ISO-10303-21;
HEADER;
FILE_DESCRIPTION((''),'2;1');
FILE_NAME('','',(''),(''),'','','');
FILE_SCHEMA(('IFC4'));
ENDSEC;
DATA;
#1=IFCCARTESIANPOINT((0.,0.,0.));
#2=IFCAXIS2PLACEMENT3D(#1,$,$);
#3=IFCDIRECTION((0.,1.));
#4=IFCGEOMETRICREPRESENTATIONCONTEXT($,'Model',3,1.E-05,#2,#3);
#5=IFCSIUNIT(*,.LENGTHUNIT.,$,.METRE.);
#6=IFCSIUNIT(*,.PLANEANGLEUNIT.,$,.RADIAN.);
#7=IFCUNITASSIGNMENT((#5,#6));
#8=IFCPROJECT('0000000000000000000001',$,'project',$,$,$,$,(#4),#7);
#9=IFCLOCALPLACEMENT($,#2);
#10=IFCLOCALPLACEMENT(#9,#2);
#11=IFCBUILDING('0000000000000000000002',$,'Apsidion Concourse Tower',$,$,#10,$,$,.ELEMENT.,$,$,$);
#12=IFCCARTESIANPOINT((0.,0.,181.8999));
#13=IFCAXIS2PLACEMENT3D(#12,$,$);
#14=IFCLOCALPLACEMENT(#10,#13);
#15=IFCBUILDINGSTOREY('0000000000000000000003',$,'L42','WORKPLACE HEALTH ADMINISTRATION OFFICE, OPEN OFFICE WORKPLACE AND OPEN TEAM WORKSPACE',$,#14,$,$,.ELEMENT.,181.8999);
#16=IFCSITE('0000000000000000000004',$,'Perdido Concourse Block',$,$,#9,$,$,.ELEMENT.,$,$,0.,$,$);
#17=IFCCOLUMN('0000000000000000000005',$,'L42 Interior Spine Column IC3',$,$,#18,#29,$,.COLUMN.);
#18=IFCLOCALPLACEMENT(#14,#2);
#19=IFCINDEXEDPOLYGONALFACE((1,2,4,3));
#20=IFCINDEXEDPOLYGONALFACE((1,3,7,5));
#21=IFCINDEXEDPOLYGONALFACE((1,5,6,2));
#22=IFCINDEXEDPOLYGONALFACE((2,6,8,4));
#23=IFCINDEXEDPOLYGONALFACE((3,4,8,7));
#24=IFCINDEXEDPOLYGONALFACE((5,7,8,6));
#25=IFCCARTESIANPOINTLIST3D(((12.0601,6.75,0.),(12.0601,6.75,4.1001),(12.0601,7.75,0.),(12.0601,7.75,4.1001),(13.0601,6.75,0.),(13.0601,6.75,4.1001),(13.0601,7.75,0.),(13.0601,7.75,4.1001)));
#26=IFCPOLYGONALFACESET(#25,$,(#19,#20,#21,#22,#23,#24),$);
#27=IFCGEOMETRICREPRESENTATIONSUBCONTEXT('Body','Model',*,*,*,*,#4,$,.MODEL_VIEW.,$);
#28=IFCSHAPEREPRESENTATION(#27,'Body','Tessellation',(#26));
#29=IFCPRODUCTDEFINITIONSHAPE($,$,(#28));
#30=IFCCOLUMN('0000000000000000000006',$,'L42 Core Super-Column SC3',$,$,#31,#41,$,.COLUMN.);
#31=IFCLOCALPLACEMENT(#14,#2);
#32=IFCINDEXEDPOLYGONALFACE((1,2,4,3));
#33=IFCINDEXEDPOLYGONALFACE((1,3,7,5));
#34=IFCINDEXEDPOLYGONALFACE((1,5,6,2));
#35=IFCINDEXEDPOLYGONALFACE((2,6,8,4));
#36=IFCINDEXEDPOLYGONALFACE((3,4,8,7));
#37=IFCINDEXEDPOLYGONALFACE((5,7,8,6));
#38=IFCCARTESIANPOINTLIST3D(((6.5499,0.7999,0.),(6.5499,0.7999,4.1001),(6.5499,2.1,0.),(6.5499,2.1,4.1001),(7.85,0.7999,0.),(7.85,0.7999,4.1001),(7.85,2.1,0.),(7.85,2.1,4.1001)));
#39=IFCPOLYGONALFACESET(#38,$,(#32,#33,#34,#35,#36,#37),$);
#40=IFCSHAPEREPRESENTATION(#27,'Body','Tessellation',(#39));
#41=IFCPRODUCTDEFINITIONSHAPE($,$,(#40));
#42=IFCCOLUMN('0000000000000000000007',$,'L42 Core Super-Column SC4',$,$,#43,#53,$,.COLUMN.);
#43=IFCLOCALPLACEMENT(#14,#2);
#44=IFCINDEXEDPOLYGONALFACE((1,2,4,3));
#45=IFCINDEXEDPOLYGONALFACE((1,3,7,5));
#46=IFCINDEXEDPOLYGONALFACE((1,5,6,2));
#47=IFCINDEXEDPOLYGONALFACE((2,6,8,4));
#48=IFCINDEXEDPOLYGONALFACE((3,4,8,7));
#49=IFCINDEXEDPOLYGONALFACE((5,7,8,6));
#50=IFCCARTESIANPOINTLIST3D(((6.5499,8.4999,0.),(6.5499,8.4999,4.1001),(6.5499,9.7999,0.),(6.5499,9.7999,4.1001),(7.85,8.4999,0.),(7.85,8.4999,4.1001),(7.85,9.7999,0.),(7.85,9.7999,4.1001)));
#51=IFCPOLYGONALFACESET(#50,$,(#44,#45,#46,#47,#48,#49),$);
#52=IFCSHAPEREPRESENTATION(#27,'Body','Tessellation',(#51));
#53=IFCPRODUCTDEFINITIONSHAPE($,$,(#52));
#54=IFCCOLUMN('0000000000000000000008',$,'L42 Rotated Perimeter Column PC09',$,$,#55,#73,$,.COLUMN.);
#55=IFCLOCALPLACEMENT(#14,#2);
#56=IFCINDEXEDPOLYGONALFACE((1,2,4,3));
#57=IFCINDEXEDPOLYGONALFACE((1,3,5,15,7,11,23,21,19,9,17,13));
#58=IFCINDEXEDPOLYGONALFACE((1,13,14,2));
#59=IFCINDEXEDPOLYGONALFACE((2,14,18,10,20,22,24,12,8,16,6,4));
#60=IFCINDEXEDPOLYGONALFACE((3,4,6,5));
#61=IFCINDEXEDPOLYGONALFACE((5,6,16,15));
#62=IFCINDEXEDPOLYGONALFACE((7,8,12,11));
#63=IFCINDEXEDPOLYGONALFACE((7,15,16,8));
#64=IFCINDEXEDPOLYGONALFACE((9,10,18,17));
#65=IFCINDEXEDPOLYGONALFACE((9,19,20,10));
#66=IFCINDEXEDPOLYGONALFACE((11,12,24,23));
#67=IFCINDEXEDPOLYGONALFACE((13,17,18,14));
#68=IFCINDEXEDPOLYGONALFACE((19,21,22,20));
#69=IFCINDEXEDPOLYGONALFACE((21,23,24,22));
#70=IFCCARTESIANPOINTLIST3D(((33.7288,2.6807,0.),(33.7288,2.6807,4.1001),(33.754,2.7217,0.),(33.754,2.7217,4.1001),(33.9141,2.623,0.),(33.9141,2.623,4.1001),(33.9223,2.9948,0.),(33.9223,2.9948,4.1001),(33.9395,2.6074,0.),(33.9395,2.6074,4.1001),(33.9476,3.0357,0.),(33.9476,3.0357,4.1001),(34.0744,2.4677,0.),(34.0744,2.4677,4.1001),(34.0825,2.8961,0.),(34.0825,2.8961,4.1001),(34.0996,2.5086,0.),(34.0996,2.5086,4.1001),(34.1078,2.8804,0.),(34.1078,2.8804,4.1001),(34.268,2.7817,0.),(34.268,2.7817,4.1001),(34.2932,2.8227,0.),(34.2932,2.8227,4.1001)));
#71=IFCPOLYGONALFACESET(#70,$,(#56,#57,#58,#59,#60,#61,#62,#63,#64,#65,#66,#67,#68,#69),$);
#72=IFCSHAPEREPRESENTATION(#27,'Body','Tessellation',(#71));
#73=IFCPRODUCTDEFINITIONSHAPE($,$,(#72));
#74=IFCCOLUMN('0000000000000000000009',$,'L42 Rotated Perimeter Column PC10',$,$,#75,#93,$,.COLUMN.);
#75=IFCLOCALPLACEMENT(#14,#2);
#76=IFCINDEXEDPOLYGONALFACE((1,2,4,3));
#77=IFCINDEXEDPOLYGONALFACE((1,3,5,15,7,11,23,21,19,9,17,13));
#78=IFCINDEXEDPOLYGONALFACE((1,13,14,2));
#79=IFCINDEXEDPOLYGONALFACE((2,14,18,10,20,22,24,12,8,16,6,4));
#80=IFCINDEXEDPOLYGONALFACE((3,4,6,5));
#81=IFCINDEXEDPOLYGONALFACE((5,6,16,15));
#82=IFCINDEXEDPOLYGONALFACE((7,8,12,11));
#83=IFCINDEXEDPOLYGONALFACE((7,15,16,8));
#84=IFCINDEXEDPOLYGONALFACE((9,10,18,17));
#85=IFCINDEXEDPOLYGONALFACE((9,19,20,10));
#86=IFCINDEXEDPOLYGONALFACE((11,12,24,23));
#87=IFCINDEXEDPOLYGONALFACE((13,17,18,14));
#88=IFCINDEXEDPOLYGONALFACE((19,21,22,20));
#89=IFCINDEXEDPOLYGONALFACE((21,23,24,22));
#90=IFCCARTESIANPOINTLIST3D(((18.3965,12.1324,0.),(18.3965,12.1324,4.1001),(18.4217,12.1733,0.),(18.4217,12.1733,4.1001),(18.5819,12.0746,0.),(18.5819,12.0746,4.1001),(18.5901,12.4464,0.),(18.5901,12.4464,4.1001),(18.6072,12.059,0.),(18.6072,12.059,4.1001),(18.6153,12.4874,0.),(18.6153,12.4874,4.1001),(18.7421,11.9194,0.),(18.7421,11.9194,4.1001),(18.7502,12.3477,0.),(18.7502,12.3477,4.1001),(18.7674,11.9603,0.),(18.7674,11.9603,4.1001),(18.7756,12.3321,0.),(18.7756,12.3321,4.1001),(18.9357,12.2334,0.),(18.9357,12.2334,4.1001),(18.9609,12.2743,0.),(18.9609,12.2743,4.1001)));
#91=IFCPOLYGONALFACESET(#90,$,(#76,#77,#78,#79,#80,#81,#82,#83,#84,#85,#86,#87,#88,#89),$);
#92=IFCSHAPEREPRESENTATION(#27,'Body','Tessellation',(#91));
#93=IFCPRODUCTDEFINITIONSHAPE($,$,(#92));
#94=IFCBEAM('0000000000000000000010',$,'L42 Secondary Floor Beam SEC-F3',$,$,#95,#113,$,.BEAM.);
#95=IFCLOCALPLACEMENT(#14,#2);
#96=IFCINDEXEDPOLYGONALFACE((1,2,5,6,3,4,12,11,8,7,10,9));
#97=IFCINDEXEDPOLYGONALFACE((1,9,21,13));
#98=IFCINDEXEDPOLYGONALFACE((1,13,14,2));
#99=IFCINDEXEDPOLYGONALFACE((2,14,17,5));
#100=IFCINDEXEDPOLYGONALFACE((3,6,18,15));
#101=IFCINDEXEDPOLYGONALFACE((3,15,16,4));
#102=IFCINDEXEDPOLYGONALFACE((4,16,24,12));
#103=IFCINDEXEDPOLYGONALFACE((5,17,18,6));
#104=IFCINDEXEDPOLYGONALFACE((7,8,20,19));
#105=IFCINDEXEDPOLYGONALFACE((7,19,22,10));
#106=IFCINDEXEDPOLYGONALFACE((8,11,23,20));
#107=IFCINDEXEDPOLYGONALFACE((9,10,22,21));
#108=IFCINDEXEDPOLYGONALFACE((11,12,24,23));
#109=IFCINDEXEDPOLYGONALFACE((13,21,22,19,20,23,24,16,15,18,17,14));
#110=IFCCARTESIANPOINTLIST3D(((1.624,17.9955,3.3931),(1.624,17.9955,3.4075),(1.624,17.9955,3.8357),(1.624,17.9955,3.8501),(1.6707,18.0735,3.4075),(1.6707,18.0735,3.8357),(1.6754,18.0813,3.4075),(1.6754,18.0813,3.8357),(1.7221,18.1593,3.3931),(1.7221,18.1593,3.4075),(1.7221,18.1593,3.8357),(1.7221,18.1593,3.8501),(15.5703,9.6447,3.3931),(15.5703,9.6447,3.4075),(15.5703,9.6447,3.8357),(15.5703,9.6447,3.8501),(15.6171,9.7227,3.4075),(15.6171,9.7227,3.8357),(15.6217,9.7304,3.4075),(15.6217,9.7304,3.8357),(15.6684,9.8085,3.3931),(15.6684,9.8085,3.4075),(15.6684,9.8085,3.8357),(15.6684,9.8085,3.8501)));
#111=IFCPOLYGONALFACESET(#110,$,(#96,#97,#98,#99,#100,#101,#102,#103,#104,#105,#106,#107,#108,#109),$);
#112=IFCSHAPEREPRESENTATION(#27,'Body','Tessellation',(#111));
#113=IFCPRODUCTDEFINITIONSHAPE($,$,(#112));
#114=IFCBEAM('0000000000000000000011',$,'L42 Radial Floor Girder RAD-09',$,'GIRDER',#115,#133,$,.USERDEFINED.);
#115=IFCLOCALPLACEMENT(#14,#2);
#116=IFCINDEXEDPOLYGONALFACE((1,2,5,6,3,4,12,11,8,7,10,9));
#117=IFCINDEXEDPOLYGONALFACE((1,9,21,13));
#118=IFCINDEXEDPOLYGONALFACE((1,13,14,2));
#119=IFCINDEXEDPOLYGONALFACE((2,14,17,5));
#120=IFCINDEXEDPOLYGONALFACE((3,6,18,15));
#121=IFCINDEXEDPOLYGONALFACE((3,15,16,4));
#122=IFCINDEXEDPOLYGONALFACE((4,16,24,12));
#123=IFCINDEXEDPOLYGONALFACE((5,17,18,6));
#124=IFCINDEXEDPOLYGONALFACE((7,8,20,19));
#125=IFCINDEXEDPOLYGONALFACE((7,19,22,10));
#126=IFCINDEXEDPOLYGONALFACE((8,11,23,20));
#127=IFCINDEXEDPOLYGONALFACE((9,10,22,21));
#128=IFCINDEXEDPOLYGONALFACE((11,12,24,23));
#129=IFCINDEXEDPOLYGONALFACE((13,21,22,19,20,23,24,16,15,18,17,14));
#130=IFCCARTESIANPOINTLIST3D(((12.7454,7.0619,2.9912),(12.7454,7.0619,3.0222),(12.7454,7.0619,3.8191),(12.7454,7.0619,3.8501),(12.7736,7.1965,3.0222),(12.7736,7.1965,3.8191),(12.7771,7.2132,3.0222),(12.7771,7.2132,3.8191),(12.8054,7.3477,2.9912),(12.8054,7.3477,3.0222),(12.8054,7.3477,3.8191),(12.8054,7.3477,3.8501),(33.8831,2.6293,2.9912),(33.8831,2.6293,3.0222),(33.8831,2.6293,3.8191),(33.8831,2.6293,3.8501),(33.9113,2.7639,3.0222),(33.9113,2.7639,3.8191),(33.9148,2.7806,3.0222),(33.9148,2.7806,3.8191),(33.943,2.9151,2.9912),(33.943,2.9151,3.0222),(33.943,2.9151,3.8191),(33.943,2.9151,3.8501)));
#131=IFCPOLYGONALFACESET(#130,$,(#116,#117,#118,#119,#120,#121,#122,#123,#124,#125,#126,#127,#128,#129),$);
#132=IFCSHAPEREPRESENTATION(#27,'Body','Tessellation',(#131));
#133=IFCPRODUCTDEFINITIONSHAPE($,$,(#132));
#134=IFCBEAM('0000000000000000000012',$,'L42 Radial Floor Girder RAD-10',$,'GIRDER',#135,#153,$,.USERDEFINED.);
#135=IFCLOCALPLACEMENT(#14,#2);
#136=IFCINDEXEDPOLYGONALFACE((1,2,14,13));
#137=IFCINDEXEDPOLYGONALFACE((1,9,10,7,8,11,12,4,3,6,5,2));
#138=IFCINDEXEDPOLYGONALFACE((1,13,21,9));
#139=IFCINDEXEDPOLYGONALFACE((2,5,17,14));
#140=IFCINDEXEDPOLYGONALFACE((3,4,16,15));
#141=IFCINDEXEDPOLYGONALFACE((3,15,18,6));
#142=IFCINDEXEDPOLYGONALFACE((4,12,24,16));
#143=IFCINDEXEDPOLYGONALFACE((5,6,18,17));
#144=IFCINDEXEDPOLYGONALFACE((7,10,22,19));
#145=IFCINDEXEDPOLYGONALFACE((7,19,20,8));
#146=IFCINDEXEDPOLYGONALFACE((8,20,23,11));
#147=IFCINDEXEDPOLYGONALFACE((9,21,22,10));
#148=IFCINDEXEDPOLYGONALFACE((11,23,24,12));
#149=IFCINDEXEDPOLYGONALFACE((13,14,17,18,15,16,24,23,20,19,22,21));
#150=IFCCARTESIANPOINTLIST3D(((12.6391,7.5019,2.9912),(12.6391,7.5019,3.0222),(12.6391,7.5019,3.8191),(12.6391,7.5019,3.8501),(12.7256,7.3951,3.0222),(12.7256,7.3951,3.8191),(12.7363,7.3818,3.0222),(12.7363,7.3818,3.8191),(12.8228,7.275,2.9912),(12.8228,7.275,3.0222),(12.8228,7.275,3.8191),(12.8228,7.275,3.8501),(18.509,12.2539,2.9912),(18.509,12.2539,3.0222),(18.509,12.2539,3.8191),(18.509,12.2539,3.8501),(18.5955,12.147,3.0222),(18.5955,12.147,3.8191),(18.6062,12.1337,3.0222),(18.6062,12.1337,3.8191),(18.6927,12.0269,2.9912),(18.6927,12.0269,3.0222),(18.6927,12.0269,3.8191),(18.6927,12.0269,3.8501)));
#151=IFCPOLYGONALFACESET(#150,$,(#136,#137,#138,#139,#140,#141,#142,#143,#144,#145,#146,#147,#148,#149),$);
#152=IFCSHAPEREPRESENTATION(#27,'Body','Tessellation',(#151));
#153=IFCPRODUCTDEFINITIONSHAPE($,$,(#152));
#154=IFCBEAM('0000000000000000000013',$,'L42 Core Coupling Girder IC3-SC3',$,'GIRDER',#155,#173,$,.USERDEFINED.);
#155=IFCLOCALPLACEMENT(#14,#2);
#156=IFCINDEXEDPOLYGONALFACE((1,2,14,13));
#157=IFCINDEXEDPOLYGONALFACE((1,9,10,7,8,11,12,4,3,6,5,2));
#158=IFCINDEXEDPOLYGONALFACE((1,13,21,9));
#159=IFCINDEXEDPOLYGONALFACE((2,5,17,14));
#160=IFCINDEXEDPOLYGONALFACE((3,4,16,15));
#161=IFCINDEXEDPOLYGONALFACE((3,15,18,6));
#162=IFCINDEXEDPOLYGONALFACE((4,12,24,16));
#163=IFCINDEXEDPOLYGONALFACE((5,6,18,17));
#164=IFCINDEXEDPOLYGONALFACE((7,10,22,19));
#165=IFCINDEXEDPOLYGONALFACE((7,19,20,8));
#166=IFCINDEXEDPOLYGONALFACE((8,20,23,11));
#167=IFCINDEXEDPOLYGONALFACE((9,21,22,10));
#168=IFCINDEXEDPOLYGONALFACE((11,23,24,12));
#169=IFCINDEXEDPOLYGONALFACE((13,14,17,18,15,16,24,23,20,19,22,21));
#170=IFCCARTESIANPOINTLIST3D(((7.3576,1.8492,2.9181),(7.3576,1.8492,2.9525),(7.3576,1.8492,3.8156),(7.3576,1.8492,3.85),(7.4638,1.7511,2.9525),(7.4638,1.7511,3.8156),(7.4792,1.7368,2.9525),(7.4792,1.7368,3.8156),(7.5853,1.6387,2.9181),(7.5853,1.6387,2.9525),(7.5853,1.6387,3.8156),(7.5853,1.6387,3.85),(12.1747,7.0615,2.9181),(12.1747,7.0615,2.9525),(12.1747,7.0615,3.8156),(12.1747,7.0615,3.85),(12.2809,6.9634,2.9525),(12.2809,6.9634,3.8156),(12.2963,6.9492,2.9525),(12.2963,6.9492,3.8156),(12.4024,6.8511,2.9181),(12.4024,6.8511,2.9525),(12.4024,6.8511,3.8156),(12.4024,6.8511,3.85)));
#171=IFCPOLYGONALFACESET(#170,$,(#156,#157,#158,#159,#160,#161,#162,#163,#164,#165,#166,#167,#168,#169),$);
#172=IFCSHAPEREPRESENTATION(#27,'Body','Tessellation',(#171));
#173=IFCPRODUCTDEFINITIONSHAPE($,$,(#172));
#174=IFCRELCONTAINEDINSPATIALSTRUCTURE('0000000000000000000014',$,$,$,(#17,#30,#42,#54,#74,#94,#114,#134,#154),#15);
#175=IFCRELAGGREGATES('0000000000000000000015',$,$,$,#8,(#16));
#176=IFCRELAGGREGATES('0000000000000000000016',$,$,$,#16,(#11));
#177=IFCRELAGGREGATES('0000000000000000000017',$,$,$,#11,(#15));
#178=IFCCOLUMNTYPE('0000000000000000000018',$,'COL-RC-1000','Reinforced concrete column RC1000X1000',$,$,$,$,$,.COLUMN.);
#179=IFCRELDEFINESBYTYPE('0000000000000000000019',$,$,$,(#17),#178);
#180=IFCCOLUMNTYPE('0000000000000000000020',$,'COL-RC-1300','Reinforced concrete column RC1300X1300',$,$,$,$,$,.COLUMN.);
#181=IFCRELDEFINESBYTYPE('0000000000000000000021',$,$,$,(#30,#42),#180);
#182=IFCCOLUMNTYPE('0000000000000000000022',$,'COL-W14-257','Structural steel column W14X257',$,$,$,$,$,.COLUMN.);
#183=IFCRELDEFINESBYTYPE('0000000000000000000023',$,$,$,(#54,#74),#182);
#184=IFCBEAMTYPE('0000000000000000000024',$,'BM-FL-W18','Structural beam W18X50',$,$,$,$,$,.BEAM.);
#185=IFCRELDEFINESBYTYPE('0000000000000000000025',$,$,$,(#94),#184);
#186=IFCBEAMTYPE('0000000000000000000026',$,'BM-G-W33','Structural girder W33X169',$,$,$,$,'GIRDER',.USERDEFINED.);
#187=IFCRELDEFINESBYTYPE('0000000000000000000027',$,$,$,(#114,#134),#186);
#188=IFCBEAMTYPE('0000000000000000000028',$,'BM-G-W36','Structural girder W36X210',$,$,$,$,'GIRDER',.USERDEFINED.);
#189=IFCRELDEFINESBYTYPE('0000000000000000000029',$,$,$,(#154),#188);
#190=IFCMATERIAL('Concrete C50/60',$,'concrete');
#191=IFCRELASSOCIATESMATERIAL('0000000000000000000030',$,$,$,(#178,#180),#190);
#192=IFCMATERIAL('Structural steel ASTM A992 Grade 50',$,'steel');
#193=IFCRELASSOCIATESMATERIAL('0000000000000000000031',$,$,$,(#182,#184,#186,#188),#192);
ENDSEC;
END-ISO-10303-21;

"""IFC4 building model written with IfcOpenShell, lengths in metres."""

from ifc_helpers import new_model, si_unit, direction, frame, origin, origin_2d, place, context, subcontext, project, spatial, rectangle, i_section, extrude, material, material_profile, profile_set, type_object, element, save


model = new_model("IFC4")

# Units and contexts
model_context = context("Model", 3, precision=1e-05, world=origin(), true_north=direction((0.0, 1.0)))
body_context = subcontext(model_context, "Body", "Model", "MODEL_VIEW")
ifc_project = project(units=[si_unit("LENGTHUNIT", "METRE"), si_unit("PLANEANGLEUNIT", "RADIAN")], contexts=[model_context])

# Site, building, storey
site_placement = place(None, origin())
site = spatial("IfcSite", under=ifc_project, at=site_placement, Name="Perdido Concourse Block", CompositionType="ELEMENT", RefElevation=0.0)
building_placement = place(site_placement, origin())
building = spatial("IfcBuilding", under=site, at=building_placement, Name="Apsidion Concourse Tower", CompositionType="ELEMENT")
storey_placement = place(building_placement, frame((0.0, 0.0, 181.8999)))
storey = spatial("IfcBuildingStorey", under=building, at=storey_placement, Name="L42", Description="WORKPLACE HEALTH ADMINISTRATION OFFICE, OPEN OFFICE WORKPLACE AND OPEN TEAM WORKSPACE", CompositionType="ELEMENT", Elevation=181.8999)

# Columns
ifc_material_1 = material(Name="Concrete C50/60", Category="concrete")
ifc_material_profile_1 = material_profile(ifc_material_1, rectangle(XDim=1.0, YDim=1.0, at=origin_2d()), Name="RC 1000x1000")
ifc_profile_set_1 = profile_set([ifc_material_profile_1], Name="Concrete C50/60")
column_type_1 = type_object("IfcColumnType", Name="COL-RC-1000", Description="Reinforced concrete column RC1000X1000", PredefinedType="COLUMN", material=ifc_profile_set_1)
column_placement = place(storey_placement, frame((12.5601, 7.25, 0.0), z_axis=(0.0, 0.0, 1.0), x_axis=(1.0, 0.0, 0.0)))
element("IfcColumn", 1, at=column_placement, inside=storey, type_object=column_type_1, Name="L42 Interior Spine Column IC3", PredefinedType="COLUMN", context=body_context, shape_type="SweptSolid", body=[
    extrude(rectangle(XDim=1.0, YDim=1.0, at=origin_2d()), origin(), (0.0, 0.0, 1.0), 4.1001),
])
ifc_material_profile_2 = material_profile(ifc_material_1, rectangle(XDim=1.3, YDim=1.3, at=origin_2d()), Name="RC 1300x1300")
ifc_profile_set_2 = profile_set([ifc_material_profile_2], Name="Concrete C50/60")
column_type_2 = type_object("IfcColumnType", Name="COL-RC-1300", Description="Reinforced concrete column RC1300X1300", PredefinedType="COLUMN", material=ifc_profile_set_2)
for number, where, z_axis, x_axis, name in (
    (2, (7.2, 1.45, 0.0), (0.0, 0.0, 1.0), (1.0, 0.0, 0.0), "L42 Core Super-Column SC3"),
    (3, (7.2, 9.1499, 0.0), (0.0, 0.0, 1.0), (1.0, 0.0, 0.0), "L42 Core Super-Column SC4"),
):
    element("IfcColumn", number, at=place(storey_placement, frame(where, z_axis=z_axis, x_axis=x_axis)), inside=storey, type_object=column_type_2, Name=name, PredefinedType="COLUMN", context=body_context, shape_type="SweptSolid", body=[
        extrude(rectangle(XDim=1.3, YDim=1.3, at=origin_2d()), origin(), (0.0, 0.0, 1.0), 4.1001),
    ])
ifc_material_2 = material(Name="Structural steel ASTM A992 Grade 50", Category="steel")
ifc_material_profile_3 = material_profile(ifc_material_2, i_section(OverallWidth=0.406, OverallDepth=0.417, WebThickness=0.0298, FlangeThickness=0.0481, at=origin_2d()), Name="W14X257")
ifc_profile_set_3 = profile_set([ifc_material_profile_3], Name="Structural steel ASTM A992 Grade 50")
column_type_3 = type_object("IfcColumnType", Name="COL-W14-257", Description="Structural steel column W14X257", PredefinedType="COLUMN", material=ifc_profile_set_3)
for number, where, z_axis, x_axis, name in (
    (4, (34.011, 2.7517, 0.0), (0.0, 0.0, 1.0), (-0.851269, 0.524729, 0.0), "L42 Rotated Perimeter Column PC09"),
    (5, (18.6787, 12.2034, 0.0), (0.0, 0.0, 1.0), (-0.851269, 0.524729, 0.0), "L42 Rotated Perimeter Column PC10"),
):
    element("IfcColumn", number, at=place(storey_placement, frame(where, z_axis=z_axis, x_axis=x_axis)), inside=storey, type_object=column_type_3, Name=name, PredefinedType="COLUMN", context=body_context, shape_type="SweptSolid", body=[
        extrude(i_section(OverallWidth=0.406, OverallDepth=0.417, WebThickness=0.0298, FlangeThickness=0.0481, at=origin_2d()), origin(), (0.0, 0.0, 1.0), 4.1001),
    ])

# Beams
ifc_material_profile_4 = material_profile(ifc_material_2, i_section(OverallWidth=0.1909, OverallDepth=0.457, WebThickness=0.009, FlangeThickness=0.0144, at=origin_2d()), Name="W18X50")
ifc_profile_set_4 = profile_set([ifc_material_profile_4], Name="Structural steel ASTM A992 Grade 50")
beam_type_1 = type_object("IfcBeamType", Name="BM-FL-W18", Description="Structural beam W18X50", PredefinedType="BEAM", material=ifc_profile_set_4)
beam_1_placement = place(storey_placement, frame((15.6194, 9.7266, 3.6216), z_axis=(-0.857952, 0.513729, 0.0), x_axis=(-0.513729, -0.857952, 0.0)))
element("IfcBeam", 6, at=beam_1_placement, inside=storey, type_object=beam_type_1, Name="L42 Secondary Floor Beam SEC-F3", PredefinedType="BEAM", context=body_context, shape_type="SweptSolid", body=[
    extrude(i_section(OverallWidth=0.1909, OverallDepth=0.457, WebThickness=0.009, FlangeThickness=0.0144, at=origin_2d()), origin(), (0.0, 0.0, 1.0), 16.2554),
])
ifc_material_profile_5 = material_profile(ifc_material_2, i_section(OverallWidth=0.292, OverallDepth=0.8589, WebThickness=0.0171, FlangeThickness=0.031, at=origin_2d()), Name="W33X169")
ifc_profile_set_5 = profile_set([ifc_material_profile_5], Name="Structural steel ASTM A992 Grade 50")
beam_type_2 = type_object("IfcBeamType", Name="BM-G-W33", Description="Structural girder W33X169", ElementType="GIRDER", PredefinedType="USERDEFINED", material=ifc_profile_set_5)
beam_2_placement = place(storey_placement, frame((12.7754, 7.2048, 3.4207), z_axis=(0.978712, -0.205238, 0.0), x_axis=(0.205238, 0.978712, 0.0)))
element("IfcBeam", 7, at=beam_2_placement, inside=storey, type_object=beam_type_2, Name="L42 Radial Floor Girder RAD-09", ObjectType="GIRDER", PredefinedType="USERDEFINED", context=body_context, shape_type="SweptSolid", body=[
    extrude(i_section(OverallWidth=0.292, OverallDepth=0.8589, WebThickness=0.0171, FlangeThickness=0.031, at=origin_2d()), origin(), (0.0, 0.0, 1.0), 21.5974),
])
beam_3_placement = place(storey_placement, frame((12.731, 7.3884, 3.4207), z_axis=(0.777235, 0.62921, 0.0), x_axis=(-0.62921, 0.777235, 0.0)))
element("IfcBeam", 8, at=beam_3_placement, inside=storey, type_object=beam_type_2, Name="L42 Radial Floor Girder RAD-10", ObjectType="GIRDER", PredefinedType="USERDEFINED", context=body_context, shape_type="SweptSolid", body=[
    extrude(i_section(OverallWidth=0.292, OverallDepth=0.8589, WebThickness=0.0171, FlangeThickness=0.031, at=origin_2d()), origin(), (0.0, 0.0, 1.0), 7.5522),
])
ifc_material_profile_6 = material_profile(ifc_material_2, i_section(OverallWidth=0.3101, OverallDepth=0.9319, WebThickness=0.021, FlangeThickness=0.0344, at=origin_2d()), Name="W36X210")
ifc_profile_set_6 = profile_set([ifc_material_profile_6], Name="Structural steel ASTM A992 Grade 50")
beam_type_3 = type_object("IfcBeamType", Name="BM-G-W36", Description="Structural girder W36X210", ElementType="GIRDER", PredefinedType="USERDEFINED", material=ifc_profile_set_6)
beam_4_placement = place(storey_placement, frame((12.2886, 6.9563, 3.384), z_axis=(-0.678713, -0.734404, 0.0), x_axis=(0.734404, -0.678713, 0.0)))
element("IfcBeam", 9, at=beam_4_placement, inside=storey, type_object=beam_type_3, Name="L42 Core Coupling Girder IC3-SC3", ObjectType="GIRDER", PredefinedType="USERDEFINED", context=body_context, shape_type="SweptSolid", body=[
    extrude(i_section(OverallWidth=0.3101, OverallDepth=0.9319, WebThickness=0.021, FlangeThickness=0.0344, at=origin_2d()), origin(), (0.0, 0.0, 1.0), 7.0974),
])

save(model, "model.ifc")
